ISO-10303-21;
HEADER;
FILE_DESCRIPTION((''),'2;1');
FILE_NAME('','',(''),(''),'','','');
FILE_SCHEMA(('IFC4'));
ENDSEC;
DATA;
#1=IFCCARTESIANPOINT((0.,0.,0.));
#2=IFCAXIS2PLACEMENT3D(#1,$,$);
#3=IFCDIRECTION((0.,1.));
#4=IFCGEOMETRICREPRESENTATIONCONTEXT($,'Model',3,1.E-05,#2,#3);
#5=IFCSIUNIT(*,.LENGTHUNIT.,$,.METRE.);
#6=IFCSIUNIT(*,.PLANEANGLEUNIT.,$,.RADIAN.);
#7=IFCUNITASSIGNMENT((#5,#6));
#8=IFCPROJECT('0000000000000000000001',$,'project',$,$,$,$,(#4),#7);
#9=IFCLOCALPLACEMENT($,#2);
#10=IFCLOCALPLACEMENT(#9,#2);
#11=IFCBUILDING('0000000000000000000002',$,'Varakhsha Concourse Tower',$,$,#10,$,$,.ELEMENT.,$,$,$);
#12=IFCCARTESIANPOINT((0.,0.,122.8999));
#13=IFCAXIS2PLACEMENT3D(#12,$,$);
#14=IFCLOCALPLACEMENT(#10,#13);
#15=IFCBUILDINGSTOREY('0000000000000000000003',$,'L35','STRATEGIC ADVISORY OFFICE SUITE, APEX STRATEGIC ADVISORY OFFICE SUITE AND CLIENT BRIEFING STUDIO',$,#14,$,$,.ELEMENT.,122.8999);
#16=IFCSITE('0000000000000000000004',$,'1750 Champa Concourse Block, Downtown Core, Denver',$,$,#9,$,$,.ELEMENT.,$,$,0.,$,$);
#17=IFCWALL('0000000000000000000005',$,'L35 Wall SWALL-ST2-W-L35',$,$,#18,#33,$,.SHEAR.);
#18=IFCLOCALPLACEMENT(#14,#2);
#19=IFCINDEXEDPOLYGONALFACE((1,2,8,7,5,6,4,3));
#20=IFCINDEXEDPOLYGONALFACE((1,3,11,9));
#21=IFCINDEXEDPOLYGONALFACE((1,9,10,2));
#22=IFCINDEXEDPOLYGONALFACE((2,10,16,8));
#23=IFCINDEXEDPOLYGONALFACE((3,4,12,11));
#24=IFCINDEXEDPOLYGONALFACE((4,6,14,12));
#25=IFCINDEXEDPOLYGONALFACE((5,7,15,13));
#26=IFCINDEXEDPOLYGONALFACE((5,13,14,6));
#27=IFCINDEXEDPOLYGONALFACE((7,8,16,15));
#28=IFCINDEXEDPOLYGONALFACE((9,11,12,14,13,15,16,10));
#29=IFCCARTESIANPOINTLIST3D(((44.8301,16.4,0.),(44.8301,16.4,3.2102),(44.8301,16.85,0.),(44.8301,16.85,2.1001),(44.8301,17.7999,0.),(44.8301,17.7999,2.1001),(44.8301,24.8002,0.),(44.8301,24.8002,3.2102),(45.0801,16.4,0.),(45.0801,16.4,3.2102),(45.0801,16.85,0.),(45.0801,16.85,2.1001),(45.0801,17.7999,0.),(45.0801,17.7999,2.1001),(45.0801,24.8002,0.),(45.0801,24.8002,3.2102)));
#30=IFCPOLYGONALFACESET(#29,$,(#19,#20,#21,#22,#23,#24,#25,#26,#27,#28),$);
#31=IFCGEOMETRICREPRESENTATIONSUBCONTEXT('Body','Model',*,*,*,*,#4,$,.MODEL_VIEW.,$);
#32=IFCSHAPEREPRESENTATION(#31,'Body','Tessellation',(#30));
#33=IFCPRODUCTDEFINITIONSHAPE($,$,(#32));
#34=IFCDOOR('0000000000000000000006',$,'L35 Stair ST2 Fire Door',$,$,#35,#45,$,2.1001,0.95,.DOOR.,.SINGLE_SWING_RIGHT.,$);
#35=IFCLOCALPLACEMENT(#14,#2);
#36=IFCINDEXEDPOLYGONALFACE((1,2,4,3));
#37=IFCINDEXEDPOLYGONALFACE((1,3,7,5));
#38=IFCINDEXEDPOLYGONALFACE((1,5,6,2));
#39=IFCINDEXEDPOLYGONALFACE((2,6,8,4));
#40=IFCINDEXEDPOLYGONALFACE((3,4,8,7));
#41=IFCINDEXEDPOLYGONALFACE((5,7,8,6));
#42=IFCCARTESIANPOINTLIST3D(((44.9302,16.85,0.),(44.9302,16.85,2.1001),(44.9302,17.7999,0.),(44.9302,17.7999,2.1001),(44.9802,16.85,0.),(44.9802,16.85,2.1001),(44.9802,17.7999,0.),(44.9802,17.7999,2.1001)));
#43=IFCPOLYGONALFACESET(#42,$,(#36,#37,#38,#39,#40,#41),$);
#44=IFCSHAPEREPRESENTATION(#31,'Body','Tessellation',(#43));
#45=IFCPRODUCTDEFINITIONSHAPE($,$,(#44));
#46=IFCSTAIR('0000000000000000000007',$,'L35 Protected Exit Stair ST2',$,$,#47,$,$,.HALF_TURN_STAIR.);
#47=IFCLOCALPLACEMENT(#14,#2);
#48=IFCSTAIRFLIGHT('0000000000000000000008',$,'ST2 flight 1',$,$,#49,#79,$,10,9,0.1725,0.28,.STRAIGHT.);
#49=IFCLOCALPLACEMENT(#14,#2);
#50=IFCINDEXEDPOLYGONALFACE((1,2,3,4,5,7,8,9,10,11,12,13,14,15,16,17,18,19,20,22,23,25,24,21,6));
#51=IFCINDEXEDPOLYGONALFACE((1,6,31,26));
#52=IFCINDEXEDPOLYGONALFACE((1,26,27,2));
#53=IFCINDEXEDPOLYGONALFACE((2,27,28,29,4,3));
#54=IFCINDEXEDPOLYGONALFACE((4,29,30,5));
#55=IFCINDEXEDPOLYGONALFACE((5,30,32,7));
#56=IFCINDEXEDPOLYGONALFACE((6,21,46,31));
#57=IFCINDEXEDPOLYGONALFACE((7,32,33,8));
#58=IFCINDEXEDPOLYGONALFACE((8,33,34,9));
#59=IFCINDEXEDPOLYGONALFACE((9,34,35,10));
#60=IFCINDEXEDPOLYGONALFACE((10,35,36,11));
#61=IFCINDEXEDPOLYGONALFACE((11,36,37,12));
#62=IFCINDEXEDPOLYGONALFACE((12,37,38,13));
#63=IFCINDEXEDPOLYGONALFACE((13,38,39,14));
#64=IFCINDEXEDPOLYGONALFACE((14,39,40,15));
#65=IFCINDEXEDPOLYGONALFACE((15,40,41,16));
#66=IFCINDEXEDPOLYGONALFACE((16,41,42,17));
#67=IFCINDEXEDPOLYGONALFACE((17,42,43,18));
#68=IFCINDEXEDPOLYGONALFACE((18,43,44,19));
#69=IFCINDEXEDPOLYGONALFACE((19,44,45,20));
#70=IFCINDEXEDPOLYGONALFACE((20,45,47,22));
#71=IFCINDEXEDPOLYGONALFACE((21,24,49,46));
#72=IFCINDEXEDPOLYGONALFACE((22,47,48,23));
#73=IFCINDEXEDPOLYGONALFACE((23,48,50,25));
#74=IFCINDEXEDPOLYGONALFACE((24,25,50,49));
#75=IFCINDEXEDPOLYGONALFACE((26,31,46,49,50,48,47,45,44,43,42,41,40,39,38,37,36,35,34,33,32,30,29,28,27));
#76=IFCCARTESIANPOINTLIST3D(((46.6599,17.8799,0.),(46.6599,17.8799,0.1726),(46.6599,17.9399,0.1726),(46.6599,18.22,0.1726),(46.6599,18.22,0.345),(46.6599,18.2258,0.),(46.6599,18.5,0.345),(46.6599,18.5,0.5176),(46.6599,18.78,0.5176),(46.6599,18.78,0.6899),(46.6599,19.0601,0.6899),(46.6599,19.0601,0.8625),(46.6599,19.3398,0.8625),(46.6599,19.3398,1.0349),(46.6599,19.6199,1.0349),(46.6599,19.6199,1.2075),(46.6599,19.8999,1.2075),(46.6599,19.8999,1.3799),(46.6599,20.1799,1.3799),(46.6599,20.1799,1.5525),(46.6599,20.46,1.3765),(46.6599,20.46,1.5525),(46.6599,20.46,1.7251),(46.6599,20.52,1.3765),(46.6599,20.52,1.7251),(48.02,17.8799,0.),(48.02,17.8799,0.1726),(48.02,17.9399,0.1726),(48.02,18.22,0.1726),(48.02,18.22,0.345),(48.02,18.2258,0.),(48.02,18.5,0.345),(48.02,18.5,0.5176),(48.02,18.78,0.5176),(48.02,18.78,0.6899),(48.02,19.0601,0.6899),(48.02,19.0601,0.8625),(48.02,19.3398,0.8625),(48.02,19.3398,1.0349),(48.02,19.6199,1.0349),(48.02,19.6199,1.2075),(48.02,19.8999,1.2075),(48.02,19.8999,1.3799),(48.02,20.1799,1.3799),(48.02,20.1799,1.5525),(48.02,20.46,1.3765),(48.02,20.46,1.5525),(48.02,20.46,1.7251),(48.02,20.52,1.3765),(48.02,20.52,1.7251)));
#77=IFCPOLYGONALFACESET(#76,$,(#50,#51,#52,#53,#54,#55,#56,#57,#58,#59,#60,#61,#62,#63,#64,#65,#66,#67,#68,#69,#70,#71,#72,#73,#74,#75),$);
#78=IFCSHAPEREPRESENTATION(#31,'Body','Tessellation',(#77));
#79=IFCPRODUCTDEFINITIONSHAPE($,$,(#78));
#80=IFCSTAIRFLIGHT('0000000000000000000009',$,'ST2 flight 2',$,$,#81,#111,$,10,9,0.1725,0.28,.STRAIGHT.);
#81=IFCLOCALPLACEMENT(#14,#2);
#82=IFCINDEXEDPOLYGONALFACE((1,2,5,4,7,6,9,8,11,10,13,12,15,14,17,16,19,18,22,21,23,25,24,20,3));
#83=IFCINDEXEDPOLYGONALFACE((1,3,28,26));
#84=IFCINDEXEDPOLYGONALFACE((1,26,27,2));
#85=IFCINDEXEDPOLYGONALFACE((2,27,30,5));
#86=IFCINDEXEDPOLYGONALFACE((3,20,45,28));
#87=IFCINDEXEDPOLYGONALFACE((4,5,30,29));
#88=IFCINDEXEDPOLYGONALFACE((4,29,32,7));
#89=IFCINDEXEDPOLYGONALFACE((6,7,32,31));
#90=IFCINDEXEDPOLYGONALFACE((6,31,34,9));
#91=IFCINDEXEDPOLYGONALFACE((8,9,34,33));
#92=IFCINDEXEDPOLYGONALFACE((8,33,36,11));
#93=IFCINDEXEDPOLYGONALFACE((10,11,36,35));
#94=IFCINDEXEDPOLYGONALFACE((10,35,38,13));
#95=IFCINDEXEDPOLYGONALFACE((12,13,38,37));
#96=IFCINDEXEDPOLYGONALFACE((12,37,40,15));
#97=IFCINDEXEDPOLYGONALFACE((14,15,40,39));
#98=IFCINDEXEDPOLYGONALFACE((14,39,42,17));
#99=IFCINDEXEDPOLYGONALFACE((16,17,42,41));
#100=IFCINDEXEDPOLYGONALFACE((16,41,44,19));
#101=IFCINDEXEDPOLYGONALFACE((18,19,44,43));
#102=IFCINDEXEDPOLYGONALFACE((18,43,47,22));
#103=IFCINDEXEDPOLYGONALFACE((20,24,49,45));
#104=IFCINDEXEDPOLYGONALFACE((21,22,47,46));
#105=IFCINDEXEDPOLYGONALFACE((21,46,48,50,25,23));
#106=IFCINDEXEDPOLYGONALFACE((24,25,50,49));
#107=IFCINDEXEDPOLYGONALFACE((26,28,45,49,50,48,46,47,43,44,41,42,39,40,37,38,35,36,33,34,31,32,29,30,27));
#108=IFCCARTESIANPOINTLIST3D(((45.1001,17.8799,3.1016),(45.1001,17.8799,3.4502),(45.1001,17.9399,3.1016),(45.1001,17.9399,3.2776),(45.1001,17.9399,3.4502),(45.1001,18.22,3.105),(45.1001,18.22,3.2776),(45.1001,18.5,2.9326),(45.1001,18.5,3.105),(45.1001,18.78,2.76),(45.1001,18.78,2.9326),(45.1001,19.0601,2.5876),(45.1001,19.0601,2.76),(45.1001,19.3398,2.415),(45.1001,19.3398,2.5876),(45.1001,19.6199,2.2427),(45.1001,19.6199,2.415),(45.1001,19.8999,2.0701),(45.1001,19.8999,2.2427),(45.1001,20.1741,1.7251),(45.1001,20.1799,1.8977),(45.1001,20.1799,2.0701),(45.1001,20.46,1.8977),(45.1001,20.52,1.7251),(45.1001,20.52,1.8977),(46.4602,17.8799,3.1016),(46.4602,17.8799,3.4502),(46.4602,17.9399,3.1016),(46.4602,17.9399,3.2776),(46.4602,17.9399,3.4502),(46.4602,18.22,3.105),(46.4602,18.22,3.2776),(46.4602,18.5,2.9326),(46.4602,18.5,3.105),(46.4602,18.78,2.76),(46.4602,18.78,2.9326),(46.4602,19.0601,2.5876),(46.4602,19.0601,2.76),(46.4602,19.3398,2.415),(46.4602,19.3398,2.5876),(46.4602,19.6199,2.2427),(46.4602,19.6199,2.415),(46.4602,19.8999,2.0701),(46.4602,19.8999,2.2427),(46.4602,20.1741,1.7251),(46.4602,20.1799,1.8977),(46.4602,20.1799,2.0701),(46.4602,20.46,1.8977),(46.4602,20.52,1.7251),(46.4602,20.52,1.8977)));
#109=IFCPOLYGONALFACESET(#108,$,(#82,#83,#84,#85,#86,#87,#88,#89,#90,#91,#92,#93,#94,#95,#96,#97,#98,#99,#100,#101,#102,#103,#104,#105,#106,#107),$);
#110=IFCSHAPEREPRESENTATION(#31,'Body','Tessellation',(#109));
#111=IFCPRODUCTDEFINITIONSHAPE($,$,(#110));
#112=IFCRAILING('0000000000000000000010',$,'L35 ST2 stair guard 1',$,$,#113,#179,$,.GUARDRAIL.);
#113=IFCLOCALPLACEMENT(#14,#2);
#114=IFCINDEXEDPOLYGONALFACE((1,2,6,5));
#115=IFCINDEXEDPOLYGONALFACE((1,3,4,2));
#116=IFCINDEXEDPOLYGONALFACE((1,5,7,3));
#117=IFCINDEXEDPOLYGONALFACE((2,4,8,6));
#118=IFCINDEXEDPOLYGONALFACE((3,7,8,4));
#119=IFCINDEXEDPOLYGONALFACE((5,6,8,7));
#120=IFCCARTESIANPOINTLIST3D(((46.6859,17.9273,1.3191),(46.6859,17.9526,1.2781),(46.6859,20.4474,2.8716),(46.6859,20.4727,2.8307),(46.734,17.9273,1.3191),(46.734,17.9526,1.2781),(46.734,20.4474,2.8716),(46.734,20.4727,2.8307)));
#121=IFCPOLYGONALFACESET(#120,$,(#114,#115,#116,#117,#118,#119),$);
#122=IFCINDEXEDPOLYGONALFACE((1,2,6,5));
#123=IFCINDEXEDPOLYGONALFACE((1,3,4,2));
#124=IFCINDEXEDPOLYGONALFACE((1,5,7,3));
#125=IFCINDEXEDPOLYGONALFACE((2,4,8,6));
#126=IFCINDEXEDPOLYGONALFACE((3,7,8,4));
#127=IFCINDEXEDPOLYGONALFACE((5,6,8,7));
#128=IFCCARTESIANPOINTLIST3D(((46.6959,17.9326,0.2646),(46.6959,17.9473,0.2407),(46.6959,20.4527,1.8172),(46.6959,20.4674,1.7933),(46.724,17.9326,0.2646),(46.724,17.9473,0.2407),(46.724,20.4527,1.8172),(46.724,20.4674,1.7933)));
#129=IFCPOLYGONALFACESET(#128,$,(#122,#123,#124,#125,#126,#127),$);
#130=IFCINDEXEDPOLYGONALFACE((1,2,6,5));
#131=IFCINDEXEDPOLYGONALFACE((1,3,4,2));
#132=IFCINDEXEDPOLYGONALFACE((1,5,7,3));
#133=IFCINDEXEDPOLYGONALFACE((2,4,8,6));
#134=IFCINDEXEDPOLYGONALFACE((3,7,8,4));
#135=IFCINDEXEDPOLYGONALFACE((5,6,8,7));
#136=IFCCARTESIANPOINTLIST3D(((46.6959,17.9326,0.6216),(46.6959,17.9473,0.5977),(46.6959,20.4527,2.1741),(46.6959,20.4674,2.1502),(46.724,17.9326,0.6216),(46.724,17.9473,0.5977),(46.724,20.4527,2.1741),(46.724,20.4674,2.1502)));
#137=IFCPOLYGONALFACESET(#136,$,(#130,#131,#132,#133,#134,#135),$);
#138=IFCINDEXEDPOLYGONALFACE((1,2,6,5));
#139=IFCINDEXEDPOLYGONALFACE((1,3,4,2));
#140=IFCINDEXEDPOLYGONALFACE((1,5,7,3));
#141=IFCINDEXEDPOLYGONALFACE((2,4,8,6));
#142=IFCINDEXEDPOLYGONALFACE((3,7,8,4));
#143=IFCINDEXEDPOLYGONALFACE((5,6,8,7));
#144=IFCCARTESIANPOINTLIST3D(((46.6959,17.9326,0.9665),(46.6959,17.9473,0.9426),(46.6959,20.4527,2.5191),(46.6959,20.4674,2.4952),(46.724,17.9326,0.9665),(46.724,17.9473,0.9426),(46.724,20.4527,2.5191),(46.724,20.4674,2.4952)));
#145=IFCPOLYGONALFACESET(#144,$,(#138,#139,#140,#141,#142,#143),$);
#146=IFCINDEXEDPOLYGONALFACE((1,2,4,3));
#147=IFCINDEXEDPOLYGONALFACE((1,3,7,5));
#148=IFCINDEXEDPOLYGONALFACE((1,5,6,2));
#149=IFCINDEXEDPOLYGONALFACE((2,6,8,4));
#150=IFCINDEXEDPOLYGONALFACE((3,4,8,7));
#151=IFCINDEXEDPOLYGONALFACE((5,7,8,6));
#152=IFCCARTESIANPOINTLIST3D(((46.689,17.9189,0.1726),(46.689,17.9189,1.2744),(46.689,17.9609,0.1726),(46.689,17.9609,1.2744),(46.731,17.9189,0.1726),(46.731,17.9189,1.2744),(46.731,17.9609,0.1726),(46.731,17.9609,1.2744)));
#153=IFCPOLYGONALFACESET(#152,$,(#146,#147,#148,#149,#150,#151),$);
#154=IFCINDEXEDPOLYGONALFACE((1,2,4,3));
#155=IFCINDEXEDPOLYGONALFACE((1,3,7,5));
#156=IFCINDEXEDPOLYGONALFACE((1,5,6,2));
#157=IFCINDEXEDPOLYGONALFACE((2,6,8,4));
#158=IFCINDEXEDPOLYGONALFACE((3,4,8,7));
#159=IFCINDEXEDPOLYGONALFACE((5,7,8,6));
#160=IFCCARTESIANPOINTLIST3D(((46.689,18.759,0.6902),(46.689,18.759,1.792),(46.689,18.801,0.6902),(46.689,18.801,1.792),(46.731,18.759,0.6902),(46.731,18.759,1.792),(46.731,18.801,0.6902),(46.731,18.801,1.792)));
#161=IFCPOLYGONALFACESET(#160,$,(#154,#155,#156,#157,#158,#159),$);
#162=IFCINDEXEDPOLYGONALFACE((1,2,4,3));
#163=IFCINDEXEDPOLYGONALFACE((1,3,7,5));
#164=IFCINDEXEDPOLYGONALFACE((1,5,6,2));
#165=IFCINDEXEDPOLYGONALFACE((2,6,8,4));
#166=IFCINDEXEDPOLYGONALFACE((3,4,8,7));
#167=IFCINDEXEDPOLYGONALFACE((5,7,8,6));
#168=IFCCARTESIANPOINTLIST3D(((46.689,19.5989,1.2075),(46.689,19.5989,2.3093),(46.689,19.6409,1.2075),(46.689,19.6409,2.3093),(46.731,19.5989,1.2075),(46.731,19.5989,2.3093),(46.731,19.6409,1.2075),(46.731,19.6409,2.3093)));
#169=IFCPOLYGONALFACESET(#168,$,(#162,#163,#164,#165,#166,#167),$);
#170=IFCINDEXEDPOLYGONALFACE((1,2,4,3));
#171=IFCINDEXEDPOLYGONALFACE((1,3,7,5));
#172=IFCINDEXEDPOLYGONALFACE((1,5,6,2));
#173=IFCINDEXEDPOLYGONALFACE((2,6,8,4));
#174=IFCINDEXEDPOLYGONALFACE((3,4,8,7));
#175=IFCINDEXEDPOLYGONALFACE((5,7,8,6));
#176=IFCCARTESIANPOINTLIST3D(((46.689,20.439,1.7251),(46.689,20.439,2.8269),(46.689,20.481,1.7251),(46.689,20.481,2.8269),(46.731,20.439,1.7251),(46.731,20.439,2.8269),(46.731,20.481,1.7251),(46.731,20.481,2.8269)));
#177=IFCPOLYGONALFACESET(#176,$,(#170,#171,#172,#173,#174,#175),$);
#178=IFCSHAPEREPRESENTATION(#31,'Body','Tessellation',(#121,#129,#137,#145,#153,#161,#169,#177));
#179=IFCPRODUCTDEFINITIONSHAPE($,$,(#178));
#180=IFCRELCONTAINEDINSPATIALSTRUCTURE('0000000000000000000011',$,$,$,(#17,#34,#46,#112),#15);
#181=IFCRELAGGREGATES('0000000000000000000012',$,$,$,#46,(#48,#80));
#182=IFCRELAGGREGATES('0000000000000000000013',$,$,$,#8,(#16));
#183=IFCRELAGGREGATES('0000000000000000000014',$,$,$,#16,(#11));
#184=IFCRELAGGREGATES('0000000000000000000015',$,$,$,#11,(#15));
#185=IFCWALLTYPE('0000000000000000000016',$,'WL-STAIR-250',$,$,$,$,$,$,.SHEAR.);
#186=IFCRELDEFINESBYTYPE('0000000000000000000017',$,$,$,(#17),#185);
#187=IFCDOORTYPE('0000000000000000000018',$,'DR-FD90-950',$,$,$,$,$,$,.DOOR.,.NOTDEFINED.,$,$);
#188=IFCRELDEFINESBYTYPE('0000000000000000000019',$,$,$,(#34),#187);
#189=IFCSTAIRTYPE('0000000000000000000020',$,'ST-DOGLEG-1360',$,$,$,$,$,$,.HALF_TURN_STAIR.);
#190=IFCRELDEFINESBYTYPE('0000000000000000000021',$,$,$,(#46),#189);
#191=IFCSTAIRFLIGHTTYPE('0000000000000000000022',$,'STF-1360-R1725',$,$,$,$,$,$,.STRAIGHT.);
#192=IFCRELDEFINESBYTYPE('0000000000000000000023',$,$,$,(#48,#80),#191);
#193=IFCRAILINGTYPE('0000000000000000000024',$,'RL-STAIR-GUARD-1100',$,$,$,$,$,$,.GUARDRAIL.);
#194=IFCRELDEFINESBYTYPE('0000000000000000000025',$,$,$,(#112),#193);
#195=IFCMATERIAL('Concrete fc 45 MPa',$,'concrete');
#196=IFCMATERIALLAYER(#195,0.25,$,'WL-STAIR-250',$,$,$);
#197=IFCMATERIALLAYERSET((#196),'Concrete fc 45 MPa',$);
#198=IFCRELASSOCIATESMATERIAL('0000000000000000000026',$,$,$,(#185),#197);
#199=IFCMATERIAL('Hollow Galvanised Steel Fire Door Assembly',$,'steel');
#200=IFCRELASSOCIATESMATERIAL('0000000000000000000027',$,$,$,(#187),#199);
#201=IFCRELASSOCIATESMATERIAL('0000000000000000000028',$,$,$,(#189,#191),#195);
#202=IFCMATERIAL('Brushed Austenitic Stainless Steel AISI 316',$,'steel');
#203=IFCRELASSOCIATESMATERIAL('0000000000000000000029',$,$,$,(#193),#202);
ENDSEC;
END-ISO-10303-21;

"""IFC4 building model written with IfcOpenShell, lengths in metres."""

from ifc_helpers import new_model, si_unit, direction, frame, frame_2d, origin, origin_2d, place, context, subcontext, project, spatial, polyline, rectangle, outline, extrude, material, layer, layer_set, type_object, element, fill, aggregate, save


model = new_model("IFC4")

# Units and contexts
model_context = context("Model", 3, precision=1e-05, world=origin(), true_north=direction((0.0, 1.0)))
body_context = subcontext(model_context, "Body", "Model", "MODEL_VIEW")
ifc_project = project(units=[si_unit("LENGTHUNIT", "METRE"), si_unit("PLANEANGLEUNIT", "RADIAN")], contexts=[model_context])

# Site, building, storey
site_placement = place(None, origin())
site = spatial("IfcSite", under=ifc_project, at=site_placement, Name="1750 Champa Concourse Block, Downtown Core, Denver", CompositionType="ELEMENT", RefElevation=0.0)
building_placement = place(site_placement, origin())
building = spatial("IfcBuilding", under=site, at=building_placement, Name="Varakhsha Concourse Tower", CompositionType="ELEMENT")
storey_placement = place(building_placement, frame((0.0, 0.0, 122.8999)))
storey = spatial("IfcBuildingStorey", under=building, at=storey_placement, Name="L35", Description="STRATEGIC ADVISORY OFFICE SUITE, APEX STRATEGIC ADVISORY OFFICE SUITE AND CLIENT BRIEFING STUDIO", CompositionType="ELEMENT", Elevation=122.8999)

# Shared definitions
ifc_material_1 = material(Name="Hollow Galvanised Steel Fire Door Assembly", Category="steel")

# Wall, opening, door
ifc_material_2 = material(Name="Concrete fc 45 MPa", Category="concrete")
ifc_layer_1 = layer(ifc_material_2, 0.25, Name="WL-STAIR-250")
ifc_layer_set_1 = layer_set([ifc_layer_1], Name="Concrete fc 45 MPa")
wall_type_1 = type_object("IfcWallType", Name="WL-STAIR-250", PredefinedType="SHEAR", material=ifc_layer_set_1)
wall_1_placement = place(storey_placement, frame((44.9551, 16.3999, 0.0), z_axis=(0.0, 0.0, 1.0), x_axis=(0.0, 1.0, 0.0)))
wall_1 = element("IfcWall", 1, at=wall_1_placement, inside=storey, type_object=wall_type_1, Name="L35 Wall SWALL-ST2-W-L35", PredefinedType="SHEAR", context=body_context, shape_type="SweptSolid", body=[
    extrude(rectangle(XDim=8.4001, YDim=0.25, at=frame_2d((4.2002, 0.0))), origin(), (0.0, 0.0, 1.0), 3.2102),
])
opening_1_placement = place(wall_1_placement, frame((0.45, 0.0, 0.0)))
opening_1 = element("IfcOpeningElement", 2, at=opening_1_placement, cuts=wall_1, PredefinedType="OPENING", context=body_context, shape_type="SweptSolid", body=[
    extrude(rectangle(XDim=0.95, YDim=2.1001, at=frame_2d((0.4751, 1.05))), frame((0.0, 0.135, 0.0), z_axis=(0.0, -1.0, 0.0), x_axis=(1.0, 0.0, 0.0)), (0.0, 0.0, 1.0), 0.27),
])
door_type_1 = type_object("IfcDoorType", Name="DR-FD90-950", OperationType="NOTDEFINED", PredefinedType="DOOR", material=ifc_material_1)
door_1_placement = place(opening_1_placement, origin())
door_1 = element("IfcDoor", 3, at=door_1_placement, inside=storey, type_object=door_type_1, Name="L35 Stair ST2 Fire Door", OperationType="SINGLE_SWING_RIGHT", OverallHeight=2.1001, OverallWidth=0.95, PredefinedType="DOOR", context=body_context, shape_type="SweptSolid", body=[
    extrude(rectangle(XDim=0.95, YDim=2.1001, at=frame_2d((0.4751, 1.05))), frame((0.0, 0.0249, 0.0), z_axis=(0.0, -1.0, 0.0), x_axis=(1.0, 0.0, 0.0)), (0.0, 0.0, 1.0), 0.05),
])
fill(opening_1, door_1)

# Stair, stair flights
stair_type = type_object("IfcStairType", Name="ST-DOGLEG-1360", PredefinedType="HALF_TURN_STAIR", material=ifc_material_2)
stair_placement = place(storey_placement, origin())
stair = element("IfcStair", 4, at=stair_placement, inside=storey, type_object=stair_type, Name="L35 Protected Exit Stair ST2", PredefinedType="HALF_TURN_STAIR")
stair_flight_type = type_object("IfcStairFlightType", Name="STF-1360-R1725", PredefinedType="STRAIGHT", material=ifc_material_2)
stair_flight_1_placement = place(storey_placement, frame((47.3401, 17.9399, 0.0), z_axis=(0.0, 0.0, 1.0), x_axis=(0.0, 1.0, 0.0)))
stair_flight_1 = element("IfcStairFlight", 5, at=stair_flight_1_placement, type_object=stair_flight_type, Name="ST2 flight 1", NumberOfRisers=10, NumberOfTreads=9, PredefinedType="STRAIGHT", RiserHeight=0.1725, TreadLength=0.28, context=body_context, shape_type="SweptSolid", body=[
    extrude(outline(polyline([(-0.0601, 0.0), (-0.0601, 0.1726), (0.0, 0.1726), (0.28, 0.1726), (0.28, 0.345), (0.5601, 0.345), (0.5601, 0.5176), (0.8401, 0.5176), (0.8401, 0.6899), (1.1201, 0.6899), (1.1201, 0.8625), (1.3999, 0.8625), (1.3999, 1.0349), (1.6799, 1.0349), (1.6799, 1.2075), (1.96, 1.2075), (1.96, 1.3799), (2.24, 1.3799), (2.24, 1.5525), (2.52, 1.5525), (2.52, 1.7251), (2.5801, 1.7251), (2.5801, 1.3765), (2.52, 1.3765), (0.2859, 0.0), (-0.0601, 0.0)])), frame((0.0, 0.6802, 0.0), z_axis=(0.0, -1.0, 0.0), x_axis=(1.0, 0.0, 0.0)), (0.0, 0.0, 1.0), 1.3601),
])
stair_flight_2_placement = place(storey_placement, frame((45.78, 20.46, 1.7251), z_axis=(0.0, 0.0, 1.0), x_axis=(0.0, -1.0, 0.0)))
stair_flight_2 = element("IfcStairFlight", 6, at=stair_flight_2_placement, type_object=stair_flight_type, Name="ST2 flight 2", NumberOfRisers=10, NumberOfTreads=9, PredefinedType="STRAIGHT", RiserHeight=0.1725, TreadLength=0.28, context=body_context, shape_type="SweptSolid", body=[
    extrude(outline(polyline([(-0.0601, 0.0), (-0.0601, 0.1726), (0.0, 0.1726), (0.28, 0.1726), (0.28, 0.345), (0.5601, 0.345), (0.5601, 0.5176), (0.8401, 0.5176), (0.8401, 0.6899), (1.1201, 0.6899), (1.1201, 0.8625), (1.3999, 0.8625), (1.3999, 1.0349), (1.6799, 1.0349), (1.6799, 1.2075), (1.96, 1.2075), (1.96, 1.3799), (2.24, 1.3799), (2.24, 1.5525), (2.52, 1.5525), (2.52, 1.7251), (2.5801, 1.7251), (2.5801, 1.3765), (2.52, 1.3765), (0.2859, 0.0), (-0.0601, 0.0)])), frame((0.0, 0.6802, 0.0), z_axis=(0.0, -1.0, 0.0), x_axis=(1.0, 0.0, 0.0)), (0.0, 0.0, 1.0), 1.3601),
])
aggregate(stair, [stair_flight_1, stair_flight_2])

# Railing
ifc_material_3 = material(Name="Brushed Austenitic Stainless Steel AISI 316", Category="steel")
railing_type_1 = type_object("IfcRailingType", Name="RL-STAIR-GUARD-1100", PredefinedType="GUARDRAIL", material=ifc_material_3)
railing_1_placement = place(storey_placement, frame((46.71, 17.9399, 0.1726)))
element("IfcRailing", 7, at=railing_1_placement, inside=storey, type_object=railing_type_1, Name="L35 ST2 stair guard 1", PredefinedType="GUARDRAIL", context=body_context, shape_type="SweptSolid", body=[
    extrude(rectangle(XDim=0.0481, YDim=0.0481, at=origin_2d()), frame((0.0, 0.0, 1.126), z_axis=(0.0, 0.8514, 0.524516), x_axis=(-1.0, 0.0, 0.0)), (0.0, 0.0, 1.0), 2.96),
    extrude(rectangle(XDim=0.0281, YDim=0.0281, at=origin_2d()), frame((0.0, 0.0, 0.0801), z_axis=(0.0, 0.8514, 0.524516), x_axis=(-1.0, 0.0, 0.0)), (0.0, 0.0, 1.0), 2.96),
    extrude(rectangle(XDim=0.0281, YDim=0.0281, at=origin_2d()), frame((0.0, 0.0, 0.437), z_axis=(0.0, 0.8514, 0.524516), x_axis=(-1.0, 0.0, 0.0)), (0.0, 0.0, 1.0), 2.96),
    extrude(rectangle(XDim=0.0281, YDim=0.0281, at=origin_2d()), frame((0.0, 0.0, 0.782), z_axis=(0.0, 0.8514, 0.524516), x_axis=(-1.0, 0.0, 0.0)), (0.0, 0.0, 1.0), 2.96),
    extrude(rectangle(XDim=0.042, YDim=0.042, at=origin_2d()), origin(), (0.0, 0.0, 1.0), 1.1018),
    extrude(rectangle(XDim=0.042, YDim=0.042, at=origin_2d()), frame((0.0, 0.8401, 0.5176)), (0.0, 0.0, 1.0), 1.1018),
    extrude(rectangle(XDim=0.042, YDim=0.042, at=origin_2d()), frame((0.0, 1.6799, 1.0349)), (0.0, 0.0, 1.0), 1.1018),
    extrude(rectangle(XDim=0.042, YDim=0.042, at=origin_2d()), frame((0.0, 2.52, 1.5525)), (0.0, 0.0, 1.0), 1.1018),
])

save(model, "model.ifc")
